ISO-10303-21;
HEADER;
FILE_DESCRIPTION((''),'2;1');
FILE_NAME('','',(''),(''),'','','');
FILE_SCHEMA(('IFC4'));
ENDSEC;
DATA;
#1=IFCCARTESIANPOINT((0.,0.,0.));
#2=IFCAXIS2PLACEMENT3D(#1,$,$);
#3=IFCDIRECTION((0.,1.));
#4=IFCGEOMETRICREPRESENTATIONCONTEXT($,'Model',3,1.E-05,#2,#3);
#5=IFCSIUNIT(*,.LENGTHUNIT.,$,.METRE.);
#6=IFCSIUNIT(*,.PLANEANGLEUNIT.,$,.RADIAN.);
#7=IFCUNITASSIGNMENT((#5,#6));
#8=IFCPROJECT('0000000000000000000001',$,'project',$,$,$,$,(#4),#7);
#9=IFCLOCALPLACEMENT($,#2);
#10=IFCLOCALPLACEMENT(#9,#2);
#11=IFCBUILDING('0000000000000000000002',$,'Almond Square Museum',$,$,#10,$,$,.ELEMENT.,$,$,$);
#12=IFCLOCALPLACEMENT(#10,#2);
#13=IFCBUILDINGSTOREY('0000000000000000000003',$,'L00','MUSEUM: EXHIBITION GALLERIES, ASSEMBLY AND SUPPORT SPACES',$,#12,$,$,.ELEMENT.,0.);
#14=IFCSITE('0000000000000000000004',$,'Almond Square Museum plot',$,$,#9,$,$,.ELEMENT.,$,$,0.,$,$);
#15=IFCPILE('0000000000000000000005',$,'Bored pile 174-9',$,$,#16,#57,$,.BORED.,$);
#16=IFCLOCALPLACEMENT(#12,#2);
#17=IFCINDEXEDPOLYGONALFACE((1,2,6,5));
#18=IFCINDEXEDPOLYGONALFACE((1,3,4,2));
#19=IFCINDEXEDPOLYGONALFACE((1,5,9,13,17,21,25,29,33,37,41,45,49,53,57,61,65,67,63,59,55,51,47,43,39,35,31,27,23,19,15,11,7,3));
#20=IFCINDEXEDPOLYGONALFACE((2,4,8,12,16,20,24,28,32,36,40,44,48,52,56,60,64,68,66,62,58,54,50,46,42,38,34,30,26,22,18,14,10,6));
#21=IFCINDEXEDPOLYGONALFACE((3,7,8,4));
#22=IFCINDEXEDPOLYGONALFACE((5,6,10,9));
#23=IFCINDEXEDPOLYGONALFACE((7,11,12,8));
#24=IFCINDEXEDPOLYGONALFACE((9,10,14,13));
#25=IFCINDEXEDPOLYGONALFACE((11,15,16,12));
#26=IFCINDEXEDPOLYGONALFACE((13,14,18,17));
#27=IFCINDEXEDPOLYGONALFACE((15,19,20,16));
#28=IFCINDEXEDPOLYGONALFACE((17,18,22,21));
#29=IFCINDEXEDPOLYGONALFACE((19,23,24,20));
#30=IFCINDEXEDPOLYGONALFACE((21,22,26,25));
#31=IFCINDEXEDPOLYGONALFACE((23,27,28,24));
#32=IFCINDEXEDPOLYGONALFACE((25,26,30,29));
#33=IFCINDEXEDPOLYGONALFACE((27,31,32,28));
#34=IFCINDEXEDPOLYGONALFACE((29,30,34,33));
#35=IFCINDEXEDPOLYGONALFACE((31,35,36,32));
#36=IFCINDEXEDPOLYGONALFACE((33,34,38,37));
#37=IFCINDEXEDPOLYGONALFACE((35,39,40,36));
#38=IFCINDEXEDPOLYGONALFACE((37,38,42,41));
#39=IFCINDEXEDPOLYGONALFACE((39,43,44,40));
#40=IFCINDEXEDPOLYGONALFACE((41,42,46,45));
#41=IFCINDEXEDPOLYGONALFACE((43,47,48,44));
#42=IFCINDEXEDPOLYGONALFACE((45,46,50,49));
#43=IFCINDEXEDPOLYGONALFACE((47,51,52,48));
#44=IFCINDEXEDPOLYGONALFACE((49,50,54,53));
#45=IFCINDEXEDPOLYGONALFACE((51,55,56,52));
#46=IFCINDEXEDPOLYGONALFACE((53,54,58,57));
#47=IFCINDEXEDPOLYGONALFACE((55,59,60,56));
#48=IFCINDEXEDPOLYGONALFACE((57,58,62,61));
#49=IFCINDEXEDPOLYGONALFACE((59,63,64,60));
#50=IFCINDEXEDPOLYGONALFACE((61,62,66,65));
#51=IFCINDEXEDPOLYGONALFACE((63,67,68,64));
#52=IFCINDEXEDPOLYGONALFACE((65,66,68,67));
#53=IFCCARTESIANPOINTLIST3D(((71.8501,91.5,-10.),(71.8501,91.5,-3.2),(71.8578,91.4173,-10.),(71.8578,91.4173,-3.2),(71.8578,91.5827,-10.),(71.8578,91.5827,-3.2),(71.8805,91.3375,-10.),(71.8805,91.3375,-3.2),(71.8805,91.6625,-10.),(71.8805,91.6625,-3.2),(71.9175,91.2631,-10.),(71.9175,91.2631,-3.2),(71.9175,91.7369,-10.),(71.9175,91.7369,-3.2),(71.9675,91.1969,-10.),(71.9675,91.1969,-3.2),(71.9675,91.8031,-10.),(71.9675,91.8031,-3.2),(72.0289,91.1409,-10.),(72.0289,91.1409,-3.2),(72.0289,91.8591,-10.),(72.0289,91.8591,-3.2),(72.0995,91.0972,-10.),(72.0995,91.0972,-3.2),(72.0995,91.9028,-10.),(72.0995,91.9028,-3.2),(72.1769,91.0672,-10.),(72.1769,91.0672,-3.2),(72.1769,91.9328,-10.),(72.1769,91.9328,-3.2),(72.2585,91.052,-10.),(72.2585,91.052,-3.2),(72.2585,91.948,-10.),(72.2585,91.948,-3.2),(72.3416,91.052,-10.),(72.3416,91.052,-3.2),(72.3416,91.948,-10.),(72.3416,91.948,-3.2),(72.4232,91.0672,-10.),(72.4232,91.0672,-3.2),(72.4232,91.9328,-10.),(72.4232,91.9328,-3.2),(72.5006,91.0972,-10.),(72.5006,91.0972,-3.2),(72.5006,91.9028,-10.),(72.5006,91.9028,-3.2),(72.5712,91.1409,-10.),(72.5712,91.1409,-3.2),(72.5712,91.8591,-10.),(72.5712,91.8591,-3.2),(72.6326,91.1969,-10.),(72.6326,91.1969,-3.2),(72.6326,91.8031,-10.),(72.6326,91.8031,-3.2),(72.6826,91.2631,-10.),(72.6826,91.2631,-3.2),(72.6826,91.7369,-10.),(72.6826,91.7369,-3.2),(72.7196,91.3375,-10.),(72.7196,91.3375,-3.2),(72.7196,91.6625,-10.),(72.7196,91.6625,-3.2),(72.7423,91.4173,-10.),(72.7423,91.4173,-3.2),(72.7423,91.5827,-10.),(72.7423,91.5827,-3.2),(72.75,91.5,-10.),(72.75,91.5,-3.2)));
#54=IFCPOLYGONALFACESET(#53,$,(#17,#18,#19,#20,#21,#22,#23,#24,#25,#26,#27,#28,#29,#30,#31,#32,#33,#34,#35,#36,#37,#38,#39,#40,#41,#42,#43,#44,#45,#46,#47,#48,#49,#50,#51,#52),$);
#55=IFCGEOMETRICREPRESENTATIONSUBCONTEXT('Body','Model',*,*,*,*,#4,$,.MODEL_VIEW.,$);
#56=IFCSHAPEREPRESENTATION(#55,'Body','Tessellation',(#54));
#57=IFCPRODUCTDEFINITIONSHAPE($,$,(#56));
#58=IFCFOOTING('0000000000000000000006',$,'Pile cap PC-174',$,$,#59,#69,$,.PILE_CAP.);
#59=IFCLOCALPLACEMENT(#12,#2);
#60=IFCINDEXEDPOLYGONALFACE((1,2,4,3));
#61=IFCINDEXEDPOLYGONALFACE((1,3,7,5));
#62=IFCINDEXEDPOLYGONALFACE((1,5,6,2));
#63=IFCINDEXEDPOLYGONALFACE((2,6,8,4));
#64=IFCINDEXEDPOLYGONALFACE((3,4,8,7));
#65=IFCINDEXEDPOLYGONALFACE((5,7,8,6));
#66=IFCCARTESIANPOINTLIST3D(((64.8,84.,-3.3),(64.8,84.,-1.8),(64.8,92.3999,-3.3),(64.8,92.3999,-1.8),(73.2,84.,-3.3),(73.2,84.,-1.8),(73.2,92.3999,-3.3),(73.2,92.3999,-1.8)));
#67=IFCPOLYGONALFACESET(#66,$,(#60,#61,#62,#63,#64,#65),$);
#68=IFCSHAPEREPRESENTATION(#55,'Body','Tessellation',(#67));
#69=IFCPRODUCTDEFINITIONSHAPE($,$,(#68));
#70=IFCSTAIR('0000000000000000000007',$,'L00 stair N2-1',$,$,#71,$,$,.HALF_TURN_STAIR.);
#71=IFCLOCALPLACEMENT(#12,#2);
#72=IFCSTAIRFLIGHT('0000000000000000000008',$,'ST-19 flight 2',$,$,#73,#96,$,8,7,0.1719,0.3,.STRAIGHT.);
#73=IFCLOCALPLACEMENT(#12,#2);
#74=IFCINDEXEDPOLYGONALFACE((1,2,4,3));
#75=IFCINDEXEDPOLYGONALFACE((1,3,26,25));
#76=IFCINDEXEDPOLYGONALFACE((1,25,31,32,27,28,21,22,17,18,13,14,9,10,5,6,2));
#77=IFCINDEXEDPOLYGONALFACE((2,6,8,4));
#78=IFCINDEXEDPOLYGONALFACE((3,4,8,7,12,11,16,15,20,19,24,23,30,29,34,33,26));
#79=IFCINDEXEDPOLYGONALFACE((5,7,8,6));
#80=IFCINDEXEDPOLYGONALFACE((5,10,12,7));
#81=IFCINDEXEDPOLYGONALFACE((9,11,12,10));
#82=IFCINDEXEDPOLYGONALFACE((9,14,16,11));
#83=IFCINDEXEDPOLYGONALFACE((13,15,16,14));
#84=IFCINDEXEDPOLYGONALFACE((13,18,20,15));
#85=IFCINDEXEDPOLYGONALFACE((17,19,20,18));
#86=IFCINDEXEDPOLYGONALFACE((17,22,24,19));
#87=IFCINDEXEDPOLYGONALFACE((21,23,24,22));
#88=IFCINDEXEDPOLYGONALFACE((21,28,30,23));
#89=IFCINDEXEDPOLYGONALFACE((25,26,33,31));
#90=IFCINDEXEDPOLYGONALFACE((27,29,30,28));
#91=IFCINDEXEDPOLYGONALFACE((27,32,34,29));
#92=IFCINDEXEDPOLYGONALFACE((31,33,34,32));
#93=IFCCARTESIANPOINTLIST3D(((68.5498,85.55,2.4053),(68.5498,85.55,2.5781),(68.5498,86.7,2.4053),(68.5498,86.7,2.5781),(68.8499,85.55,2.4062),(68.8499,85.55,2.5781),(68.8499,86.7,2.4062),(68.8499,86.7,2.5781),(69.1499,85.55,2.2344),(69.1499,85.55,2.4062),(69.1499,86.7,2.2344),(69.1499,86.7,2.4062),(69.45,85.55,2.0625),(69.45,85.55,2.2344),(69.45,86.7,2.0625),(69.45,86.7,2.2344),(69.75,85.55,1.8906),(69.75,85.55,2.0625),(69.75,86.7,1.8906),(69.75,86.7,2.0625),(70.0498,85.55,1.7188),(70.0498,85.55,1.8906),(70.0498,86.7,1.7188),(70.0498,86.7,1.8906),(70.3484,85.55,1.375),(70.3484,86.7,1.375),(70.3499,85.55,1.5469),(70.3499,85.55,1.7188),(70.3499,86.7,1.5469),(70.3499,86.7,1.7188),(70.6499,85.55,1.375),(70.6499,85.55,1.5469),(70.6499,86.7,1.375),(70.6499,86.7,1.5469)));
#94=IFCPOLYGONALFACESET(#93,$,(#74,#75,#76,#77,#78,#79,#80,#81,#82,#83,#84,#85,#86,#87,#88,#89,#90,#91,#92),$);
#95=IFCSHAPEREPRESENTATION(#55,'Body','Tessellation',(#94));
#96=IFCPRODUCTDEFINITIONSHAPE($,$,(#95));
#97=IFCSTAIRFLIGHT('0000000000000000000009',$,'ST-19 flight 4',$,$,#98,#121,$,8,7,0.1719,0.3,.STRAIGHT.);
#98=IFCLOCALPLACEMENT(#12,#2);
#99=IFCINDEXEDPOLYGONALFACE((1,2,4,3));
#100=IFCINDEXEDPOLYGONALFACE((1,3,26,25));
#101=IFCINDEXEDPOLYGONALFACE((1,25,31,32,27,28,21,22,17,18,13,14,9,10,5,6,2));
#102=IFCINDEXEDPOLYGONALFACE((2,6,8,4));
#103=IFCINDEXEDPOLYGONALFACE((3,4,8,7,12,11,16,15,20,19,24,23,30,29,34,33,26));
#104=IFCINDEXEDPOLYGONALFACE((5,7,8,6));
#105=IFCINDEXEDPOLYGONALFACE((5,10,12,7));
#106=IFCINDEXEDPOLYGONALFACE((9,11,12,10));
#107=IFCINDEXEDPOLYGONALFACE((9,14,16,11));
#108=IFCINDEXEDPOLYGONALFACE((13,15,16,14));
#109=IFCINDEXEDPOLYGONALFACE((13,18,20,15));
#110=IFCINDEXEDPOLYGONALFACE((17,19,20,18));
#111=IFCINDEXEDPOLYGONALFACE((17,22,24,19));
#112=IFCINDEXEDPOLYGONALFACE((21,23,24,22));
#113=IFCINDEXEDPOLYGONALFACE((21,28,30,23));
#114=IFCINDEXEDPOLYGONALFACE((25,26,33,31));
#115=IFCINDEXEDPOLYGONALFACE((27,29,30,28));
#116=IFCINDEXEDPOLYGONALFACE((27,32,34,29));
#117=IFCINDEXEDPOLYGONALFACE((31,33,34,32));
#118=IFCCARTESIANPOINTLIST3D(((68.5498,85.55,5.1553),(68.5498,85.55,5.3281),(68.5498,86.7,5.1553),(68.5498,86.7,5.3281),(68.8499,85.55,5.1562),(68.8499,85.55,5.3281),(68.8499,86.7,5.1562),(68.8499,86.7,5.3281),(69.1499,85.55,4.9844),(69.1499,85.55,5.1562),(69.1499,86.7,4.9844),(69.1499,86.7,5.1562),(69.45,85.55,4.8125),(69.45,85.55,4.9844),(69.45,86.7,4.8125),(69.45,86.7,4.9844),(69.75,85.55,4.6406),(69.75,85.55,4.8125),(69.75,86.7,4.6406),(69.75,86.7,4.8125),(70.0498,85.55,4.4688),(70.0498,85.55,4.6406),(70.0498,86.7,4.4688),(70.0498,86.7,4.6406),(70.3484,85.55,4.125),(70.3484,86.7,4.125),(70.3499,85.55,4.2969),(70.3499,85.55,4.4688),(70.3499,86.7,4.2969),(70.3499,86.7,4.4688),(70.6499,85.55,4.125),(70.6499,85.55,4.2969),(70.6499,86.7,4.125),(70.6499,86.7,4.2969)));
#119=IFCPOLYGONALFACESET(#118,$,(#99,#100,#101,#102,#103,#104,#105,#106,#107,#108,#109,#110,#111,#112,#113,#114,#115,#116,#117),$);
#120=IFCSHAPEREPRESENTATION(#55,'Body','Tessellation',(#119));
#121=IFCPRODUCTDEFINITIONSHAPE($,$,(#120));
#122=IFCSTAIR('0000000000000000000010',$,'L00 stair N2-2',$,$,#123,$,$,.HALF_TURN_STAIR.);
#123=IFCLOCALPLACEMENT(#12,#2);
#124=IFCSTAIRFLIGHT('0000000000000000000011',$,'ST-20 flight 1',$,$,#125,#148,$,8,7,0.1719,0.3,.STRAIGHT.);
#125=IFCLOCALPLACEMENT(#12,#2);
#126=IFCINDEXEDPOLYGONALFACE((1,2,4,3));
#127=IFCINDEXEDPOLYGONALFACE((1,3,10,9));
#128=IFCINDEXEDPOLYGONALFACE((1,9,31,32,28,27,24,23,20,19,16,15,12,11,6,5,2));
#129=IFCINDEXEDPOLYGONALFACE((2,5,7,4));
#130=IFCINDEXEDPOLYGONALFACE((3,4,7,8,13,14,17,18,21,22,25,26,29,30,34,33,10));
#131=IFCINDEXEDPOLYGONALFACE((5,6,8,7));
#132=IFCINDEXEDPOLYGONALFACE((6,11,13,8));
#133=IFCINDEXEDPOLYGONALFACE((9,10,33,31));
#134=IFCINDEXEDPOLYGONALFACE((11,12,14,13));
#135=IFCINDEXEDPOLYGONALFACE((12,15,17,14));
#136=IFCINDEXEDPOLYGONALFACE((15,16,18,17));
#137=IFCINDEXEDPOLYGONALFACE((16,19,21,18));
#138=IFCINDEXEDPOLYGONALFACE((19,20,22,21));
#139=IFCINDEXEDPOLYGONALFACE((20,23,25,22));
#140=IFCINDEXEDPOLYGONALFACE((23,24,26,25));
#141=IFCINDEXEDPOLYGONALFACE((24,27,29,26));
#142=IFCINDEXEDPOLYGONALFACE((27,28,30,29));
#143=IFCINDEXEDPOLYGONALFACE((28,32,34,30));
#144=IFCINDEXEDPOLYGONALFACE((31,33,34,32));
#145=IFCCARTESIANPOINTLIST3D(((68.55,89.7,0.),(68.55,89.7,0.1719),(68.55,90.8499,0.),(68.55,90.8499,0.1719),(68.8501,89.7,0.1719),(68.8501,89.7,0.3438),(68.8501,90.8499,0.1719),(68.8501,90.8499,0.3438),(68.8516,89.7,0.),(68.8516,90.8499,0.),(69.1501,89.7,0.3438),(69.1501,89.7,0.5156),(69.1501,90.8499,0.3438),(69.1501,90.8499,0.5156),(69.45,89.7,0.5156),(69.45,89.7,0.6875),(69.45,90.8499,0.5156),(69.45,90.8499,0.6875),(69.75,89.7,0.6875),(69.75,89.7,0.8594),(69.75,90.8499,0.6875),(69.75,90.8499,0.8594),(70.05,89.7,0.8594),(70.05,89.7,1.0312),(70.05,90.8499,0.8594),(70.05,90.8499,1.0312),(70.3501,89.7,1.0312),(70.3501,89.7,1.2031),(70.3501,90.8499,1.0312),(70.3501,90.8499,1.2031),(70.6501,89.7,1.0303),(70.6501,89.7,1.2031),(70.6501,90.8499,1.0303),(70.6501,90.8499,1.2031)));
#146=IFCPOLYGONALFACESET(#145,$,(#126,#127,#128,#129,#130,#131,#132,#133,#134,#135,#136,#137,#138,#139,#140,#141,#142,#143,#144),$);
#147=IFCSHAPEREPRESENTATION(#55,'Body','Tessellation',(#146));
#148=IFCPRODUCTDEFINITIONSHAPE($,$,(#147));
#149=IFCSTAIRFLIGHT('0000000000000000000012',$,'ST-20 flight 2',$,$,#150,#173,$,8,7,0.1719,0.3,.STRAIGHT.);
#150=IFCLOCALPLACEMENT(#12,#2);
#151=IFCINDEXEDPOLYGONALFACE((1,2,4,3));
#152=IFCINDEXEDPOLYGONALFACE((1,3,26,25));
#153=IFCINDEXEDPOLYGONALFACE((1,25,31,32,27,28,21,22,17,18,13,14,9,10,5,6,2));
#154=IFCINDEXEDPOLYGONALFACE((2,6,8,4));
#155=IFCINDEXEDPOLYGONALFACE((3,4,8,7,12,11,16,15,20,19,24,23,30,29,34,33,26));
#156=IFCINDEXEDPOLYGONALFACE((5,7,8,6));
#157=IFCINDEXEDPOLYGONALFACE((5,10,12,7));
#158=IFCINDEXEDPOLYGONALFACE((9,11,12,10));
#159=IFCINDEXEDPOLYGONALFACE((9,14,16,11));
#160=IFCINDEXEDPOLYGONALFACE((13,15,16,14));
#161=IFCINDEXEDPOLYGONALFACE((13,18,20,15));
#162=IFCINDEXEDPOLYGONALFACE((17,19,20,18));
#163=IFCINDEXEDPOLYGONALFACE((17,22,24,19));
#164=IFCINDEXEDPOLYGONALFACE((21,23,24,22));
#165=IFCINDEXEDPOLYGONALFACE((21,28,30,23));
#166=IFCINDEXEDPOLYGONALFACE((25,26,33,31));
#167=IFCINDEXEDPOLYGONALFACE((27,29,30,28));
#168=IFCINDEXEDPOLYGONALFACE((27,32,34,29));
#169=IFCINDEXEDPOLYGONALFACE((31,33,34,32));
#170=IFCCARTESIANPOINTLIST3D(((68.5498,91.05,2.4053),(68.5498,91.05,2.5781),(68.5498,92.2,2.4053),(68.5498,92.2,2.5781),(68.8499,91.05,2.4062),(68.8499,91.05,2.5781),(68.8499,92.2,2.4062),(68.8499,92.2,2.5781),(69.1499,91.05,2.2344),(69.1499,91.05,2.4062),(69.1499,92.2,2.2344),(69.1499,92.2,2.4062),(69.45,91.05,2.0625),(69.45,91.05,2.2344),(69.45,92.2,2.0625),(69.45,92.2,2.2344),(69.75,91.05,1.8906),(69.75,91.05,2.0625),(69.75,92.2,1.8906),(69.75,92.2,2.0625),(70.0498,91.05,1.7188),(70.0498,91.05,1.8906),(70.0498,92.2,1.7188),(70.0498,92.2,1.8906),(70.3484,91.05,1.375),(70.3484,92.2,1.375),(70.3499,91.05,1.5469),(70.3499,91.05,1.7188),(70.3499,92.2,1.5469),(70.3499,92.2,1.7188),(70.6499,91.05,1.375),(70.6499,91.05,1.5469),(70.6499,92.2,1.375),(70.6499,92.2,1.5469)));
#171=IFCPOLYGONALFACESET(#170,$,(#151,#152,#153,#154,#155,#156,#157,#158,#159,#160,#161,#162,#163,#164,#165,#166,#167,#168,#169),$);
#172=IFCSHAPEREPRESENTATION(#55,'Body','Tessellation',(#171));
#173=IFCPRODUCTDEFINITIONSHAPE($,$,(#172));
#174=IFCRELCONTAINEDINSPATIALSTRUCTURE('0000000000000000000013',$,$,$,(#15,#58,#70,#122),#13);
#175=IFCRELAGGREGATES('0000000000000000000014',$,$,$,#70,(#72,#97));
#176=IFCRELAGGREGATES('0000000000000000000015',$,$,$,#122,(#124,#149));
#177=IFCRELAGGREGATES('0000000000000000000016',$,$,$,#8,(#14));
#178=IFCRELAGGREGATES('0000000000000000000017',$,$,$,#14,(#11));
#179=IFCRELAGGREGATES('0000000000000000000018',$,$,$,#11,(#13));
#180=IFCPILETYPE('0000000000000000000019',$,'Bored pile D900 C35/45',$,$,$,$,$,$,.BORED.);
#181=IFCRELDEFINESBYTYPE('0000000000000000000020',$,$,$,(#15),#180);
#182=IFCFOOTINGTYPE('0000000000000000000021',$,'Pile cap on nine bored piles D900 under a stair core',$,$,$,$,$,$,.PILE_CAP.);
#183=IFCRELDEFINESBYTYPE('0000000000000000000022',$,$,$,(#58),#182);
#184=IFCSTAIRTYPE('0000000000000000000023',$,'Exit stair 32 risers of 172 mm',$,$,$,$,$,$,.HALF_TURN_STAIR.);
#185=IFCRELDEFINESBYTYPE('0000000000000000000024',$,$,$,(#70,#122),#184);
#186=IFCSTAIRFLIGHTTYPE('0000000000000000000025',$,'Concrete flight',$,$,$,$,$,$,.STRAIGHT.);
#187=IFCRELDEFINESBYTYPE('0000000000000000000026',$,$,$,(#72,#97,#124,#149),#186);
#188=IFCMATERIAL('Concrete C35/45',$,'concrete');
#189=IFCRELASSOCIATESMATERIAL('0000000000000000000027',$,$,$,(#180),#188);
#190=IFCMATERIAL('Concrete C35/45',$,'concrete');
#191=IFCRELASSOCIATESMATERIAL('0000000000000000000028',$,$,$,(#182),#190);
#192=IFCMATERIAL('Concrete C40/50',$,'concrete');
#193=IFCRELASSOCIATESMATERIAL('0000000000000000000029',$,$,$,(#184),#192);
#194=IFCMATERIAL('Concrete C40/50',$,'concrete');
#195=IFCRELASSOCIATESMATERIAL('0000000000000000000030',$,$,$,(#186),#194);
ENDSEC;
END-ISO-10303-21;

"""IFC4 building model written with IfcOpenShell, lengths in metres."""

from ifc_helpers import new_model, si_unit, direction, frame, origin, origin_2d, place, context, subcontext, project, spatial, polyline, rectangle, circle, outline, extrude, material, material_profile, profile_set, type_object, element, aggregate, save


model = new_model("IFC4")

# Units and contexts
model_context = context("Model", 3, precision=1e-05, world=origin(), true_north=direction((0.0, 1.0)))
body_context = subcontext(model_context, "Body", "Model", "MODEL_VIEW")
ifc_project = project(units=[si_unit("LENGTHUNIT", "METRE"), si_unit("PLANEANGLEUNIT", "RADIAN")], contexts=[model_context])

# Site, building, storey
site_placement = place(None, origin())
site = spatial("IfcSite", under=ifc_project, at=site_placement, Name="Almond Square Museum plot", CompositionType="ELEMENT", RefElevation=0.0)
building_placement = place(site_placement, origin())
building = spatial("IfcBuilding", under=site, at=building_placement, Name="Almond Square Museum", CompositionType="ELEMENT")
storey_placement = place(building_placement, origin())
storey = spatial("IfcBuildingStorey", under=building, at=storey_placement, Name="L00", Description="MUSEUM: EXHIBITION GALLERIES, ASSEMBLY AND SUPPORT SPACES", CompositionType="ELEMENT", Elevation=0.0)

# Pile
ifc_material_1 = material(Name="Concrete C35/45", Category="concrete")
ifc_material_profile = material_profile(ifc_material_1, circle(Radius=0.45, at=origin_2d()))
ifc_profile_set = profile_set([ifc_material_profile], Name="Concrete C35/45")
pile_type = type_object("IfcPileType", Name="Bored pile D900 C35/45", PredefinedType="BORED", material=ifc_profile_set)
for number, where, z_axis, x_axis, name in (
    (1, (72.3, 91.5, -3.2), (0.0, 0.0, -1.0), (1.0, 0.0, 0.0), "Bored pile 174-9"),
):
    element("IfcPile", number, at=place(storey_placement, frame(where, z_axis=z_axis, x_axis=x_axis)), inside=storey, type_object=pile_type, Name=name, PredefinedType="BORED", context=body_context, shape_type="SweptSolid", body=[
        extrude(circle(Radius=0.45, at=origin_2d()), origin(), (0.0, 0.0, 1.0), 6.8),
    ])

# Footing
ifc_material_2 = material(Name="Concrete C35/45", Category="concrete")
footing_type = type_object("IfcFootingType", Name="Pile cap on nine bored piles D900 under a stair core", PredefinedType="PILE_CAP", material=ifc_material_2)
footing_placement = place(storey_placement, frame((69.0, 88.2, -3.3), z_axis=(0.0, 0.0, 1.0), x_axis=(1.0, 0.0, 0.0)))
element("IfcFooting", 2, at=footing_placement, inside=storey, type_object=footing_type, Name="Pile cap PC-174", PredefinedType="PILE_CAP", context=body_context, shape_type="SweptSolid", body=[
    extrude(rectangle(XDim=8.3999, YDim=8.3999, at=origin_2d()), origin(), (0.0, 0.0, 1.0), 1.5),
])

# Stairs, stair flights
ifc_material_3 = material(Name="Concrete C40/50", Category="concrete")
stair_type = type_object("IfcStairType", Name="Exit stair 32 risers of 172 mm", PredefinedType="HALF_TURN_STAIR", material=ifc_material_3)
stair_1_placement = place(storey_placement, origin())
stair_1 = element("IfcStair", 3, at=stair_1_placement, inside=storey, type_object=stair_type, Name="L00 stair N2-1", PredefinedType="HALF_TURN_STAIR")
ifc_material_4 = material(Name="Concrete C40/50", Category="concrete")
stair_flight_type = type_object("IfcStairFlightType", Name="Concrete flight", PredefinedType="STRAIGHT", material=ifc_material_4)
stair_flight_1_placement = place(storey_placement, frame((70.6499, 86.125, 1.375), z_axis=(0.0, 0.0, 1.0), x_axis=(-1.0, 0.0, 0.0)))
stair_flight_1 = element("IfcStairFlight", 4, at=stair_flight_1_placement, type_object=stair_flight_type, Name="ST-19 flight 2", NumberOfRisers=8, NumberOfTreads=7, PredefinedType="STRAIGHT", RiserHeight=0.1719, TreadLength=0.3, context=body_context, shape_type="SweptSolid", body=[
    extrude(outline(polyline([(0.0, 0.0), (0.0, 0.1719), (0.3, 0.1719), (0.3, 0.3438), (0.6001, 0.3438), (0.6001, 0.5156), (0.8999, 0.5156), (0.8999, 0.6875), (1.2, 0.6875), (1.2, 0.8594), (1.5, 0.8594), (1.5, 1.0312), (1.8, 1.0312), (1.8, 1.2031), (2.1001, 1.2031), (2.1001, 1.375), (2.1001, 1.0303), (0.3015, 0.0), (0.0, 0.0)])), frame((0.0, 0.575, 0.0), z_axis=(0.0, -1.0, 0.0), x_axis=(1.0, 0.0, 0.0)), (0.0, 0.0, 1.0), 1.1499),
])
stair_flight_2_placement = place(storey_placement, frame((70.6499, 86.125, 4.125), z_axis=(0.0, 0.0, 1.0), x_axis=(-1.0, 0.0, 0.0)))
stair_flight_2 = element("IfcStairFlight", 5, at=stair_flight_2_placement, type_object=stair_flight_type, Name="ST-19 flight 4", NumberOfRisers=8, NumberOfTreads=7, PredefinedType="STRAIGHT", RiserHeight=0.1719, TreadLength=0.3, context=body_context, shape_type="SweptSolid", body=[
    extrude(outline(polyline([(0.0, 0.0), (0.0, 0.1719), (0.3, 0.1719), (0.3, 0.3438), (0.6001, 0.3438), (0.6001, 0.5156), (0.8999, 0.5156), (0.8999, 0.6875), (1.2, 0.6875), (1.2, 0.8594), (1.5, 0.8594), (1.5, 1.0312), (1.8, 1.0312), (1.8, 1.2031), (2.1001, 1.2031), (2.1001, 1.375), (2.1001, 1.0303), (0.3015, 0.0), (0.0, 0.0)])), frame((0.0, 0.575, 0.0), z_axis=(0.0, -1.0, 0.0), x_axis=(1.0, 0.0, 0.0)), (0.0, 0.0, 1.0), 1.1499),
])
aggregate(stair_1, [stair_flight_1, stair_flight_2])
stair_2_placement = place(storey_placement, origin())
stair_2 = element("IfcStair", 6, at=stair_2_placement, inside=storey, type_object=stair_type, Name="L00 stair N2-2", PredefinedType="HALF_TURN_STAIR")
stair_flight_3_placement = place(storey_placement, frame((68.55, 90.2749, 0.0), z_axis=(0.0, 0.0, 1.0), x_axis=(1.0, 0.0, 0.0)))
stair_flight_3 = element("IfcStairFlight", 7, at=stair_flight_3_placement, type_object=stair_flight_type, Name="ST-20 flight 1", NumberOfRisers=8, NumberOfTreads=7, PredefinedType="STRAIGHT", RiserHeight=0.1719, TreadLength=0.3, context=body_context, shape_type="SweptSolid", body=[
    extrude(outline(polyline([(0.0, 0.0), (0.0, 0.1719), (0.3, 0.1719), (0.3, 0.3438), (0.6001, 0.3438), (0.6001, 0.5156), (0.8999, 0.5156), (0.8999, 0.6875), (1.2, 0.6875), (1.2, 0.8594), (1.5, 0.8594), (1.5, 1.0312), (1.8, 1.0312), (1.8, 1.2031), (2.1001, 1.2031), (2.1001, 1.375), (2.1001, 1.0303), (0.3015, 0.0), (0.0, 0.0)])), frame((0.0, 0.575, 0.0), z_axis=(0.0, -1.0, 0.0), x_axis=(1.0, 0.0, 0.0)), (0.0, 0.0, 1.0), 1.1499),
])
stair_flight_4_placement = place(storey_placement, frame((70.6499, 91.625, 1.375), z_axis=(0.0, 0.0, 1.0), x_axis=(-1.0, 0.0, 0.0)))
stair_flight_4 = element("IfcStairFlight", 8, at=stair_flight_4_placement, type_object=stair_flight_type, Name="ST-20 flight 2", NumberOfRisers=8, NumberOfTreads=7, PredefinedType="STRAIGHT", RiserHeight=0.1719, TreadLength=0.3, context=body_context, shape_type="SweptSolid", body=[
    extrude(outline(polyline([(0.0, 0.0), (0.0, 0.1719), (0.3, 0.1719), (0.3, 0.3438), (0.6001, 0.3438), (0.6001, 0.5156), (0.8999, 0.5156), (0.8999, 0.6875), (1.2, 0.6875), (1.2, 0.8594), (1.5, 0.8594), (1.5, 1.0312), (1.8, 1.0312), (1.8, 1.2031), (2.1001, 1.2031), (2.1001, 1.375), (2.1001, 1.0303), (0.3015, 0.0), (0.0, 0.0)])), frame((0.0, 0.575, 0.0), z_axis=(0.0, -1.0, 0.0), x_axis=(1.0, 0.0, 0.0)), (0.0, 0.0, 1.0), 1.1499),
])
aggregate(stair_2, [stair_flight_3, stair_flight_4])

save(model, "model.ifc")
